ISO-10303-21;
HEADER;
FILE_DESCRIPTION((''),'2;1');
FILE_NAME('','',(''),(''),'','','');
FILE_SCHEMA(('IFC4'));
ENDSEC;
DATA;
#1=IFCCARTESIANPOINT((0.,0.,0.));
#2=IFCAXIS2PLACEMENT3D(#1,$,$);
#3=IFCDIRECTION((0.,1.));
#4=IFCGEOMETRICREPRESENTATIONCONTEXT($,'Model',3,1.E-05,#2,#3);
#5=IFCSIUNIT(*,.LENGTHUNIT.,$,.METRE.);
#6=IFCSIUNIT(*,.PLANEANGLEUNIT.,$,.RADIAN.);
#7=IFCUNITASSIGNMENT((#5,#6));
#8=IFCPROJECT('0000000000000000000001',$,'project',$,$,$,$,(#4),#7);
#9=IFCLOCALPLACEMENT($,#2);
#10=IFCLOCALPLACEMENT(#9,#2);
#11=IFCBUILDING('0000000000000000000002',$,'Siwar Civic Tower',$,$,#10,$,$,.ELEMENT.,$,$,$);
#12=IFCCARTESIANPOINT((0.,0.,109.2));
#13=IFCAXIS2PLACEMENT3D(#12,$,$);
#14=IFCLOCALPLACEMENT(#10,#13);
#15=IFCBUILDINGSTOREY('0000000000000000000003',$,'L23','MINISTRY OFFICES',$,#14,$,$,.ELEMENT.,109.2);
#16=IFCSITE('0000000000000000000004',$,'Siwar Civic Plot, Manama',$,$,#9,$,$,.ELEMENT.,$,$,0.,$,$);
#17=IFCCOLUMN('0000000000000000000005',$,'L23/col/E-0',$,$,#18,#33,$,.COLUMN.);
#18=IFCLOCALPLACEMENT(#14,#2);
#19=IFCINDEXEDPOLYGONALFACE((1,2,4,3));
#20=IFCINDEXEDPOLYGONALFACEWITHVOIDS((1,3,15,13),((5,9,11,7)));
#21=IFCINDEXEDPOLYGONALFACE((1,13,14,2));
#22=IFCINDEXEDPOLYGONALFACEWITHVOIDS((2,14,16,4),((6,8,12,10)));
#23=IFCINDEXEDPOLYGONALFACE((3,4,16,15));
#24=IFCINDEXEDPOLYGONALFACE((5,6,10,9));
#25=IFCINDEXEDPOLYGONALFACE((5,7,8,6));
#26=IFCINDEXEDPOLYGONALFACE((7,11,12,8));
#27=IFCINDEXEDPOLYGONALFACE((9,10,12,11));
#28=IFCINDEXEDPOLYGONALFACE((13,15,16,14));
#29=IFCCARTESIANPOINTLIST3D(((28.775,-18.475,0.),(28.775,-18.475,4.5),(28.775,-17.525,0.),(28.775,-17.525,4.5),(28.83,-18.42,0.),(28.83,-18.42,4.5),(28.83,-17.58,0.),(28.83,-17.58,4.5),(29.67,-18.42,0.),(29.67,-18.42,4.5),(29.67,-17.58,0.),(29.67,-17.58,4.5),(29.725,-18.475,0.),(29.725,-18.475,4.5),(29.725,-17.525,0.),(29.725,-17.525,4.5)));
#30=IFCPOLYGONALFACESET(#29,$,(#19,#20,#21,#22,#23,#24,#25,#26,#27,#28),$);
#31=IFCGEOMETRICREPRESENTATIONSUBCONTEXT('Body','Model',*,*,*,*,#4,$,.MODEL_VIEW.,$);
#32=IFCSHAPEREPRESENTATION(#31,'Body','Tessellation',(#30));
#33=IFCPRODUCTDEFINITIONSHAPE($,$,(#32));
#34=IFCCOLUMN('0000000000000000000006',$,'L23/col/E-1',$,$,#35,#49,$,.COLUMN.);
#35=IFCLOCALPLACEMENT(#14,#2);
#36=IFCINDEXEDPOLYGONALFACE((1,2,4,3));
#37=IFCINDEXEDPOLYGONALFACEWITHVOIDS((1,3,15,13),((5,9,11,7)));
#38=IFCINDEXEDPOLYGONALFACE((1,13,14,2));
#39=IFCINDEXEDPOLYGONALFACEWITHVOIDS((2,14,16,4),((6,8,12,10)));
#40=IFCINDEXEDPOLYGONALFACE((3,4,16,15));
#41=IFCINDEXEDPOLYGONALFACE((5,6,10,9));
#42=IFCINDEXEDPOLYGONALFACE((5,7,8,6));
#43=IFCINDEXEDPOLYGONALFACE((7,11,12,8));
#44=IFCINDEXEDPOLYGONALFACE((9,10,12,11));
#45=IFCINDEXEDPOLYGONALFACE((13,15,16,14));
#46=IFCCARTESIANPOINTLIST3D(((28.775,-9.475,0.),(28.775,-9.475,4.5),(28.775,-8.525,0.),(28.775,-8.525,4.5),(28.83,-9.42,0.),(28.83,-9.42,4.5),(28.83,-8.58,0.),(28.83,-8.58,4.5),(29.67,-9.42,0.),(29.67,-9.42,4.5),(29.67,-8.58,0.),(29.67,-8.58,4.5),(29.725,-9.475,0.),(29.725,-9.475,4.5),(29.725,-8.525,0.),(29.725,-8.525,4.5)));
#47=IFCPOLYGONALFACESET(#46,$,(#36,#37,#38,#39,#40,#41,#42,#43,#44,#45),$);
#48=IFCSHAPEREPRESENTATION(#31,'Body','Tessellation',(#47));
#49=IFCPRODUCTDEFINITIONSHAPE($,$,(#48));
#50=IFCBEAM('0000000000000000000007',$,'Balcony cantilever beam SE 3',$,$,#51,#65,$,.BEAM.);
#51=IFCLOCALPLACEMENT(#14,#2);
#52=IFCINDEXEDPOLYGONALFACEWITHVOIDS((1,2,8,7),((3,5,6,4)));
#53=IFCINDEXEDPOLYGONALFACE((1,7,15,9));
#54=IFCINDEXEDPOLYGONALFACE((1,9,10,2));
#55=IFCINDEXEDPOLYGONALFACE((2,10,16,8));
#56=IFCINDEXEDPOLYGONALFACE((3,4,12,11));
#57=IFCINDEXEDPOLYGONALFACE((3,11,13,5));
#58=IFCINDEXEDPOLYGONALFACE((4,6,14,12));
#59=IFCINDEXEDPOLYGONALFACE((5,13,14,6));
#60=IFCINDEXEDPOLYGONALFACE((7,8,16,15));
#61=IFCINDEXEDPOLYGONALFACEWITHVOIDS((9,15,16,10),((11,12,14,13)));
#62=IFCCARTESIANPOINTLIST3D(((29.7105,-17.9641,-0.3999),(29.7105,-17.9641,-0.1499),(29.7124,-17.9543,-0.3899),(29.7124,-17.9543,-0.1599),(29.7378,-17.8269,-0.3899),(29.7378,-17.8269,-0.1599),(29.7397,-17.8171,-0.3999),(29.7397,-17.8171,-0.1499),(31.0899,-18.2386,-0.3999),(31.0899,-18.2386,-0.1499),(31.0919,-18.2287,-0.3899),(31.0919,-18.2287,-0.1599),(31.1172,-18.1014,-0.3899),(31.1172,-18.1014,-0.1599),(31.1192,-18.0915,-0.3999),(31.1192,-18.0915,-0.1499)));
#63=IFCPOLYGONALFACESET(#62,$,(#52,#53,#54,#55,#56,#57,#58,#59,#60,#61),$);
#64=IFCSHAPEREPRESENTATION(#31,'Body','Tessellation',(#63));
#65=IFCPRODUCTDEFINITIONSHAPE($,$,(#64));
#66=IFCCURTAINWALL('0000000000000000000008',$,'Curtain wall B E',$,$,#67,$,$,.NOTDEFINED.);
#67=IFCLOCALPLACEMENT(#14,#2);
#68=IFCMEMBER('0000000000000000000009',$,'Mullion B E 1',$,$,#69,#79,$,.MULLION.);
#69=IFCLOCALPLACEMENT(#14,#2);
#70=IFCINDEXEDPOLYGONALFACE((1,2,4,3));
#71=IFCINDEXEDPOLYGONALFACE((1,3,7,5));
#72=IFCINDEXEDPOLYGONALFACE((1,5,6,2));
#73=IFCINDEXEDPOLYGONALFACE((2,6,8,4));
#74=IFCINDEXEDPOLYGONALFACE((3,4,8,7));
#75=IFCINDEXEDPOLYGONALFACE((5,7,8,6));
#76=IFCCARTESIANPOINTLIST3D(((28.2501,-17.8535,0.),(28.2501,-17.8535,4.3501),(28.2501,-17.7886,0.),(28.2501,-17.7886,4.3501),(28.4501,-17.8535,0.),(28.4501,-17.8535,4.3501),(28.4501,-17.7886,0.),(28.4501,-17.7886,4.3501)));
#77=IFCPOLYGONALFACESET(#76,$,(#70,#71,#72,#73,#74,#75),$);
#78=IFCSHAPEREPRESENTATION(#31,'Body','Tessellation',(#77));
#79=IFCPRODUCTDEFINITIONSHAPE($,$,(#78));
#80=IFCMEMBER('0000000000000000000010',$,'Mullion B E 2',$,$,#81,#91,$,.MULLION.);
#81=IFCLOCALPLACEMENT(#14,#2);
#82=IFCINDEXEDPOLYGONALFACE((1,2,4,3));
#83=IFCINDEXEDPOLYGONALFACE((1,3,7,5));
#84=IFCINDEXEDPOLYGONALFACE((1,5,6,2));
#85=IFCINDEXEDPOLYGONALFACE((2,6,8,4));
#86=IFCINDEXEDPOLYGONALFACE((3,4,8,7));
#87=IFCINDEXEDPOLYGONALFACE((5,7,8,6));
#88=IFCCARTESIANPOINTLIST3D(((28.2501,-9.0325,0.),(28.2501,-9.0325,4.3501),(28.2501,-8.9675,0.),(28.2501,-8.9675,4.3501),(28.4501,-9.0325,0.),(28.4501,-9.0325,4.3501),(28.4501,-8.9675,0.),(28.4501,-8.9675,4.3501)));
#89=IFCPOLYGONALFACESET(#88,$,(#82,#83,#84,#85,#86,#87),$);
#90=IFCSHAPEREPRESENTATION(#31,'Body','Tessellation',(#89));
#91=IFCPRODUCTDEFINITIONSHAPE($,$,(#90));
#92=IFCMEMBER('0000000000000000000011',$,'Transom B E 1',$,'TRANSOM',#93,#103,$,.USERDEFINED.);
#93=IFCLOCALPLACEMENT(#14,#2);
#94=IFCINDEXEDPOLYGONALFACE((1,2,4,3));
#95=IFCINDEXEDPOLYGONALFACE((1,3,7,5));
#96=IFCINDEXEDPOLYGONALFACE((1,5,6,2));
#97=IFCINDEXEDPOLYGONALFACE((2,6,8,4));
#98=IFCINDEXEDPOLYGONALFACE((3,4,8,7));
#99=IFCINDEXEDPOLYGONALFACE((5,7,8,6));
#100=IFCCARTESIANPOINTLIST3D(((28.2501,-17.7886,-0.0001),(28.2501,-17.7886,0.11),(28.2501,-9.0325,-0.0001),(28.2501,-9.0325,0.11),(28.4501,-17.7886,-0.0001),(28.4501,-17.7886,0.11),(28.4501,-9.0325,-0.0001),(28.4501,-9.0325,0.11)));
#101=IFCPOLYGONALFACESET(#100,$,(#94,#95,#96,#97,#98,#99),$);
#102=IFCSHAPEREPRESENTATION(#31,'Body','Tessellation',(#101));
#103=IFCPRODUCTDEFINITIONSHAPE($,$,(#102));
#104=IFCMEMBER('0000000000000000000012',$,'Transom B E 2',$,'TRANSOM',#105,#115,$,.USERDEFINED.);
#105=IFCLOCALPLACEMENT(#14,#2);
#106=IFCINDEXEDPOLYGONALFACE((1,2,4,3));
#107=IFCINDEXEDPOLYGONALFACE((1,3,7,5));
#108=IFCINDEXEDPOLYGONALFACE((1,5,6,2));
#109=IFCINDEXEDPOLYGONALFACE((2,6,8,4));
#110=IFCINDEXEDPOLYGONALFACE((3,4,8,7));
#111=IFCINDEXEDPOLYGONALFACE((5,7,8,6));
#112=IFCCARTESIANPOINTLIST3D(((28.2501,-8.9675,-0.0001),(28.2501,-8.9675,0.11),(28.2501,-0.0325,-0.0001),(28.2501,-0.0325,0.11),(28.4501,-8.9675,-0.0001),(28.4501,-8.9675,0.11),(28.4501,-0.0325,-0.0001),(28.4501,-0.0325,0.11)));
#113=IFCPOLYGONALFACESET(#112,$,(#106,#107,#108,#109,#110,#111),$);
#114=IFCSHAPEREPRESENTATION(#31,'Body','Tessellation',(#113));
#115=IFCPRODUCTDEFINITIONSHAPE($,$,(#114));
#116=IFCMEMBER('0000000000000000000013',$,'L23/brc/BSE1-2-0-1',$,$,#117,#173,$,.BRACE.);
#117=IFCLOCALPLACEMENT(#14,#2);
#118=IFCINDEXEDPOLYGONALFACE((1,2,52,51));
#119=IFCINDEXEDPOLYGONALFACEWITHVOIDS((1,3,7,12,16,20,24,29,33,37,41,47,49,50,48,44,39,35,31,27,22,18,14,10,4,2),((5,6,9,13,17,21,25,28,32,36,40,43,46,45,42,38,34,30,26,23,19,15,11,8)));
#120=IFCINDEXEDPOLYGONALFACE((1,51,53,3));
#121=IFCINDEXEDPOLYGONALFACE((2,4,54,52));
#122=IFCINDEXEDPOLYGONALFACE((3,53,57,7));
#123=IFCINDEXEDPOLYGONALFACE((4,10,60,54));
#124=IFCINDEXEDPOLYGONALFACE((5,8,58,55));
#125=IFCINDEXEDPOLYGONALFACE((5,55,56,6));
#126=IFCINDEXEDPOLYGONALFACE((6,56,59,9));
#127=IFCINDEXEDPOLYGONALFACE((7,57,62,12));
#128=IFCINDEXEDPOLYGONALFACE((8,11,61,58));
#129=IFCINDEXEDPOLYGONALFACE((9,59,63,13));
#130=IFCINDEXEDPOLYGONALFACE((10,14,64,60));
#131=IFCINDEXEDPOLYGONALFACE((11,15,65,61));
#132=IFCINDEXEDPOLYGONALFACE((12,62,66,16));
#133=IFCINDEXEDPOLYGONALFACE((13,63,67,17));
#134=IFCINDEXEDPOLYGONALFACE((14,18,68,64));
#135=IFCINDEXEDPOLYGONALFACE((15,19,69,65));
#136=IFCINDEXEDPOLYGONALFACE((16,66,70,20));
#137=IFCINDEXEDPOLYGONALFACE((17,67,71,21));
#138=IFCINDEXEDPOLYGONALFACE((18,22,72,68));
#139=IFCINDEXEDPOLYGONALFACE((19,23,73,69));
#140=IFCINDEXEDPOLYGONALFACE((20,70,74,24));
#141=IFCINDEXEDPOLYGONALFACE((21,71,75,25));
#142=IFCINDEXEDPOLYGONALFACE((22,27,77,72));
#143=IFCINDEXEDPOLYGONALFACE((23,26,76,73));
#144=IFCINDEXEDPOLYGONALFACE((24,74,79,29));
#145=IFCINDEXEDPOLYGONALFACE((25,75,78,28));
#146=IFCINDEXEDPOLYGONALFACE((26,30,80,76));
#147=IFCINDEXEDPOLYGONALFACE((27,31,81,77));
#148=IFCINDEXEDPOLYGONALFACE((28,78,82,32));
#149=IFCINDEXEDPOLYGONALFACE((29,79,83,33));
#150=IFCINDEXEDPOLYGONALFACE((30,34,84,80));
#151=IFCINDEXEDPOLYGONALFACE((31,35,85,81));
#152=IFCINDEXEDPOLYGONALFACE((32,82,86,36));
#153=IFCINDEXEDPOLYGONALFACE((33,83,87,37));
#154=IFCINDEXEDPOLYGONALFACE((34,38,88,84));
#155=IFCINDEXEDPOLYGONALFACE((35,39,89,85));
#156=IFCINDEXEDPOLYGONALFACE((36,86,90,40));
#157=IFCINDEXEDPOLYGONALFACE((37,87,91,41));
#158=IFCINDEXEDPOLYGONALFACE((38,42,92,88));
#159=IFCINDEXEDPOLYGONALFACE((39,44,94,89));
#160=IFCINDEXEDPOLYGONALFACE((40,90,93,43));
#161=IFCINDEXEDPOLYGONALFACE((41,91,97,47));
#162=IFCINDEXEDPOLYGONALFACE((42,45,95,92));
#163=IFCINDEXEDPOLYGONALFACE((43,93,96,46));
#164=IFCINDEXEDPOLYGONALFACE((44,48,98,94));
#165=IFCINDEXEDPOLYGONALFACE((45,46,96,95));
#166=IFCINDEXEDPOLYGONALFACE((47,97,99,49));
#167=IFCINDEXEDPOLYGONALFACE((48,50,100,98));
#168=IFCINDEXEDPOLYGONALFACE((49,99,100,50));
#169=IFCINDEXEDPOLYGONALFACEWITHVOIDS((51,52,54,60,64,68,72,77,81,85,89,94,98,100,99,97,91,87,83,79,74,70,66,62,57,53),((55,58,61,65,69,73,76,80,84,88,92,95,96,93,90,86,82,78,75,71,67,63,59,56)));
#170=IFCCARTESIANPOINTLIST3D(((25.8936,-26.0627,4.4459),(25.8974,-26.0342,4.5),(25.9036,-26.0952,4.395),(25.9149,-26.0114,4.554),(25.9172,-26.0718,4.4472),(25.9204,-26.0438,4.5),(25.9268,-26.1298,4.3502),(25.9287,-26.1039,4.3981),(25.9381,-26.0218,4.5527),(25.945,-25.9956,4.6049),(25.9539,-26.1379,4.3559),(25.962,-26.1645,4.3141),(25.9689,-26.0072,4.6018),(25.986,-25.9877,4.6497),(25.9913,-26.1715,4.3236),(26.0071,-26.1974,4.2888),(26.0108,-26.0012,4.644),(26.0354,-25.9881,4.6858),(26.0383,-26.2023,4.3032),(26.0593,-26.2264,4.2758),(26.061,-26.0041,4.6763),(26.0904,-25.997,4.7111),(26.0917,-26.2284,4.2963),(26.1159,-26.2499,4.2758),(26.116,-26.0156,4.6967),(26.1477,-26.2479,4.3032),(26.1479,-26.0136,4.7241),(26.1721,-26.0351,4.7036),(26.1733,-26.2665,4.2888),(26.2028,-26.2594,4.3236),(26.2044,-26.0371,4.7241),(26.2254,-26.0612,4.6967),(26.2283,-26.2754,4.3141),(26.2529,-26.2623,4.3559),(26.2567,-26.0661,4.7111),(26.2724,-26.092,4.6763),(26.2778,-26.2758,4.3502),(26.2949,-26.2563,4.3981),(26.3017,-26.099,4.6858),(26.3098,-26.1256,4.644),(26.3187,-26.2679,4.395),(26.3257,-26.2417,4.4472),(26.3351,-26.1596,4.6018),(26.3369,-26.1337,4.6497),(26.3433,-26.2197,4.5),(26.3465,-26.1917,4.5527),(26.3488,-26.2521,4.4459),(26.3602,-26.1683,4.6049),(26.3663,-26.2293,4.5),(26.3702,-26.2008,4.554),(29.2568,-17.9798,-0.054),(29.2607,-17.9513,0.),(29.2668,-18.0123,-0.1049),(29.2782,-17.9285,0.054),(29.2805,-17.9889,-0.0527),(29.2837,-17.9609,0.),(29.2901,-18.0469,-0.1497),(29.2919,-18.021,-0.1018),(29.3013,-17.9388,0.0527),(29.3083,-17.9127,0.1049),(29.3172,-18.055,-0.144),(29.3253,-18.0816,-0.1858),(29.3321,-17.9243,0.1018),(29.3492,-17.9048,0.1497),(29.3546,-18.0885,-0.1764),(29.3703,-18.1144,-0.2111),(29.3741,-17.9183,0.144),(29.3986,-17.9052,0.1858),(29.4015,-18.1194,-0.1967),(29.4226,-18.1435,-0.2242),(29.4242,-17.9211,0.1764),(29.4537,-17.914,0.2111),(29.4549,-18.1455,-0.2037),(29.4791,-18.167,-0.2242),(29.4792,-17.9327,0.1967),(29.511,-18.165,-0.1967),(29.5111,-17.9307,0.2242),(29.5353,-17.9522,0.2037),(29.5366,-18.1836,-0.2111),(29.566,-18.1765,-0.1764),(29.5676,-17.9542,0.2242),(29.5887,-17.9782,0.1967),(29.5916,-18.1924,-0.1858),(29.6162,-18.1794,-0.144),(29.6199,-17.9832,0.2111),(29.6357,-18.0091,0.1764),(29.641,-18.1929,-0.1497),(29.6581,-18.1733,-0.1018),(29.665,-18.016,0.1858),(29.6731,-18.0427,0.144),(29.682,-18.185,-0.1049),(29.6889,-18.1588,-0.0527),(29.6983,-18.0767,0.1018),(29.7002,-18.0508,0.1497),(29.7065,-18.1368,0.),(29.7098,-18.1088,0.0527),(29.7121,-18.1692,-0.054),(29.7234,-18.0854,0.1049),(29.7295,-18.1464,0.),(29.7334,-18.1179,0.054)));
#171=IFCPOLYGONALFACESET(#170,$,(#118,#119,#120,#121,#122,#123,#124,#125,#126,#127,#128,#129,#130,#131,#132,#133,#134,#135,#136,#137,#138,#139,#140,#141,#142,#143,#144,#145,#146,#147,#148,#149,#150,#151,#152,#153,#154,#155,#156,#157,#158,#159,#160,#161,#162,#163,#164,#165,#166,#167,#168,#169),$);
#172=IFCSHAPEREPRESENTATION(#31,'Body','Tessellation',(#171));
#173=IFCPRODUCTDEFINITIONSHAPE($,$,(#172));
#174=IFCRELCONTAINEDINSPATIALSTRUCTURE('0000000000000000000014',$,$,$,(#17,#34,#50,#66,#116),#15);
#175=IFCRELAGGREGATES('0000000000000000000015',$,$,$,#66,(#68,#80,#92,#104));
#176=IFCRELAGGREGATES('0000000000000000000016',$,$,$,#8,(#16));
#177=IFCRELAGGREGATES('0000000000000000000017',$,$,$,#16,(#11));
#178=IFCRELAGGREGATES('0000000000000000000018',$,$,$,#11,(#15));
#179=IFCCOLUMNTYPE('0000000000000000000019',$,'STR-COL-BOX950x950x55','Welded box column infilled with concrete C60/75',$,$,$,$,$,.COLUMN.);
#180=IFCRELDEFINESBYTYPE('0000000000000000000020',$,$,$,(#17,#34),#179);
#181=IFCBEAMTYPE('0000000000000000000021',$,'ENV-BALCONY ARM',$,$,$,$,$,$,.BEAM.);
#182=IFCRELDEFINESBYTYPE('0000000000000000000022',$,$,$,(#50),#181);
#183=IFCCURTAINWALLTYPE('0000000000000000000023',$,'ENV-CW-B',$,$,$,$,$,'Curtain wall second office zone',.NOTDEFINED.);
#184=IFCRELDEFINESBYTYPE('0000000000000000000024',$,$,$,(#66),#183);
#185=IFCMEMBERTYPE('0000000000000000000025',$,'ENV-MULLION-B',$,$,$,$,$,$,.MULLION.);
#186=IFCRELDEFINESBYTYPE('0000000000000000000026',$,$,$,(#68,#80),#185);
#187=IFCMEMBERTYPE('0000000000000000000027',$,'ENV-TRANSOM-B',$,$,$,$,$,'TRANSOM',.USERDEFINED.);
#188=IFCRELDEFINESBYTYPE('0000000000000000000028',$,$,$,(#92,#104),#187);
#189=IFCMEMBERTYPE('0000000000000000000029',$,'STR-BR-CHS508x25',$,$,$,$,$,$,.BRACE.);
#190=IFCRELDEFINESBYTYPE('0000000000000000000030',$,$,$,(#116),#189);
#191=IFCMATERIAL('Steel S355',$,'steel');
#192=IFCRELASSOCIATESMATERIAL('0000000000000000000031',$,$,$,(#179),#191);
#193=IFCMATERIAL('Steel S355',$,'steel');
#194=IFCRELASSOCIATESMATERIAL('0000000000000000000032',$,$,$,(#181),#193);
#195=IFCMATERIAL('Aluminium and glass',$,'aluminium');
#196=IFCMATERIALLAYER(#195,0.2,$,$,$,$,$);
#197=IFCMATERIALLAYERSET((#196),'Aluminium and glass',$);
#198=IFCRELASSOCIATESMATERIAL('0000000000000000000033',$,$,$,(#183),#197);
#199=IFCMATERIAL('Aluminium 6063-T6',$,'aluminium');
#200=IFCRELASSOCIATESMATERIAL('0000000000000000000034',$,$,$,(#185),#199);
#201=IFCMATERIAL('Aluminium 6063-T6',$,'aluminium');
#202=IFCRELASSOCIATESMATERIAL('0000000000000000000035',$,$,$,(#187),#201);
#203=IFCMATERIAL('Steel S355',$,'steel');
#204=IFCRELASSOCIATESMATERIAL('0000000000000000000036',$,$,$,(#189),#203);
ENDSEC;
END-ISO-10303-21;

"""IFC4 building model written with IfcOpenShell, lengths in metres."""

from ifc_helpers import new_model, si_unit, direction, frame, origin, origin_2d, place, context, subcontext, project, spatial, rectangle, hollow_rectangle, hollow_circle, extrude, material, layer, layer_set, material_profile, profile_set, type_object, element, aggregate, save


model = new_model("IFC4")

# Units and contexts
model_context = context("Model", 3, precision=1e-05, world=origin(), true_north=direction((0.0, 1.0)))
body_context = subcontext(model_context, "Body", "Model", "MODEL_VIEW")
ifc_project = project(units=[si_unit("LENGTHUNIT", "METRE"), si_unit("PLANEANGLEUNIT", "RADIAN")], contexts=[model_context])

# Site, building, storey
site_placement = place(None, origin())
site = spatial("IfcSite", under=ifc_project, at=site_placement, Name="Siwar Civic Plot, Manama", CompositionType="ELEMENT", RefElevation=0.0)
building_placement = place(site_placement, origin())
building = spatial("IfcBuilding", under=site, at=building_placement, Name="Siwar Civic Tower", CompositionType="ELEMENT")
storey_placement = place(building_placement, frame((0.0, 0.0, 109.2)))
storey = spatial("IfcBuildingStorey", under=building, at=storey_placement, Name="L23", Description="MINISTRY OFFICES", CompositionType="ELEMENT", Elevation=109.2)

# Columns
ifc_material_1 = material(Name="Steel S355", Category="steel")
ifc_material_profile_1 = material_profile(ifc_material_1, hollow_rectangle(XDim=0.95, YDim=0.95, WallThickness=0.0549, at=origin_2d()), Name="BOX950x950x55")
ifc_profile_set_1 = profile_set([ifc_material_profile_1], Name="Steel S355")
column_type = type_object("IfcColumnType", Name="STR-COL-BOX950x950x55", Description="Welded box column infilled with concrete C60/75", PredefinedType="COLUMN", material=ifc_profile_set_1)
for number, where, z_axis, x_axis, name in (
    (1, (29.25, -18.0, 0.0), (0.0, 0.0, 1.0), (1.0, 0.0, 0.0), "L23/col/E-0"),
    (2, (29.25, -9.0, 0.0), (0.0, 0.0, 1.0), (1.0, 0.0, 0.0), "L23/col/E-1"),
):
    element("IfcColumn", number, at=place(storey_placement, frame(where, z_axis=z_axis, x_axis=x_axis)), inside=storey, type_object=column_type, Name=name, PredefinedType="COLUMN", context=body_context, shape_type="SweptSolid", body=[
        extrude(hollow_rectangle(XDim=0.95, YDim=0.95, WallThickness=0.0549, at=origin_2d()), origin(), (0.0, 0.0, 1.0), 4.5),
    ])

# Beam
ifc_material_2 = material(Name="Steel S355", Category="steel")
ifc_material_profile_2 = material_profile(ifc_material_2, hollow_rectangle(XDim=0.1499, YDim=0.25, WallThickness=0.01, at=origin_2d()), Name="RHS250x150x10")
ifc_profile_set_2 = profile_set([ifc_material_profile_2], Name="Steel S355")
beam_type_1 = type_object("IfcBeamType", Name="ENV-BALCONY ARM", PredefinedType="BEAM", material=ifc_profile_set_2)
beam_1_placement = place(storey_placement, frame((29.7251, -17.8906, -0.2749), z_axis=(0.98078, -0.195115, 0.0), x_axis=(0.195115, 0.98078, 0.0)))
element("IfcBeam", 3, at=beam_1_placement, inside=storey, type_object=beam_type_1, Name="Balcony cantilever beam SE 3", PredefinedType="BEAM", context=body_context, shape_type="SweptSolid", body=[
    extrude(hollow_rectangle(XDim=0.1499, YDim=0.25, WallThickness=0.01, at=origin_2d()), origin(), (0.0, 0.0, 1.0), 1.4065),
])

# Curtain wall, members
ifc_material_3 = material(Name="Aluminium and glass", Category="aluminium")
ifc_layer_1 = layer(ifc_material_3, 0.2)
ifc_layer_set_1 = layer_set([ifc_layer_1], Name="Aluminium and glass")
curtain_wall_type_1 = type_object("IfcCurtainWallType", Name="ENV-CW-B", ElementType="Curtain wall second office zone", PredefinedType="NOTDEFINED", material=ifc_layer_set_1)
curtain_wall_1_placement = place(storey_placement, origin())
curtain_wall_1 = element("IfcCurtainWall", 4, at=curtain_wall_1_placement, inside=storey, type_object=curtain_wall_type_1, Name="Curtain wall B E", PredefinedType="NOTDEFINED")
ifc_material_4 = material(Name="Aluminium 6063-T6", Category="aluminium")
ifc_material_profile_3 = material_profile(ifc_material_4, rectangle(XDim=0.2, YDim=0.0649, at=origin_2d()), Name="AL 200x65")
ifc_profile_set_3 = profile_set([ifc_material_profile_3], Name="Aluminium 6063-T6")
member_type_1 = type_object("IfcMemberType", Name="ENV-MULLION-B", PredefinedType="MULLION", material=ifc_profile_set_3)
member_1_placement = place(storey_placement, frame((28.3501, -17.821, 0.0), z_axis=(0.0, 0.0, 1.0), x_axis=(-1.0, 0.0, 0.0)))
member_1 = element("IfcMember", 5, at=member_1_placement, type_object=member_type_1, Name="Mullion B E 1", PredefinedType="MULLION", context=body_context, shape_type="SweptSolid", body=[
    extrude(rectangle(XDim=0.2, YDim=0.0649, at=origin_2d()), origin(), (0.0, 0.0, 1.0), 4.3501),
])
member_2_placement = place(storey_placement, frame((28.3501, -9.0, 0.0), z_axis=(0.0, 0.0, 1.0), x_axis=(-1.0, 0.0, 0.0)))
member_2 = element("IfcMember", 6, at=member_2_placement, type_object=member_type_1, Name="Mullion B E 2", PredefinedType="MULLION", context=body_context, shape_type="SweptSolid", body=[
    extrude(rectangle(XDim=0.2, YDim=0.0649, at=origin_2d()), origin(), (0.0, 0.0, 1.0), 4.3501),
])
ifc_material_5 = material(Name="Aluminium 6063-T6", Category="aluminium")
ifc_material_profile_4 = material_profile(ifc_material_5, rectangle(XDim=0.2, YDim=0.1101, at=origin_2d()), Name="AL 200x110")
ifc_profile_set_4 = profile_set([ifc_material_profile_4], Name="Aluminium 6063-T6")
member_type_2 = type_object("IfcMemberType", Name="ENV-TRANSOM-B", ElementType="TRANSOM", PredefinedType="USERDEFINED", material=ifc_profile_set_4)
member_3_placement = place(storey_placement, frame((28.3501, -17.7886, 0.0549), z_axis=(0.0, 1.0, 0.0), x_axis=(-1.0, 0.0, 0.0)))
member_3 = element("IfcMember", 7, at=member_3_placement, type_object=member_type_2, Name="Transom B E 1", ObjectType="TRANSOM", PredefinedType="USERDEFINED", context=body_context, shape_type="SweptSolid", body=[
    extrude(rectangle(XDim=0.2, YDim=0.1101, at=origin_2d()), origin(), (0.0, 0.0, 1.0), 8.7561),
])
member_4_placement = place(storey_placement, frame((28.3501, -8.9675, 0.0549), z_axis=(0.0, 1.0, 0.0), x_axis=(-1.0, 0.0, 0.0)))
member_4 = element("IfcMember", 8, at=member_4_placement, type_object=member_type_2, Name="Transom B E 2", ObjectType="TRANSOM", PredefinedType="USERDEFINED", context=body_context, shape_type="SweptSolid", body=[
    extrude(rectangle(XDim=0.2, YDim=0.1101, at=origin_2d()), origin(), (0.0, 0.0, 1.0), 8.9351),
])

# Member
ifc_material_6 = material(Name="Steel S355", Category="steel")
ifc_material_profile_5 = material_profile(ifc_material_6, hollow_circle(Radius=0.2539, WallThickness=0.0249, at=origin_2d()), Name="CHS508x25")
ifc_profile_set_5 = profile_set([ifc_material_profile_5], Name="Steel S355")
member_type_3 = type_object("IfcMemberType", Name="STR-BR-CHS508x25", PredefinedType="BRACE", material=ifc_profile_set_5)
member_5_placement = place(storey_placement, frame((29.4951, -18.0488, 0.0), z_axis=(-0.341671, -0.821143, 0.457149), x_axis=(0.923265, -0.384164, 0.0)))
element("IfcMember", 9, at=member_5_placement, inside=storey, type_object=member_type_3, Name="L23/brc/BSE1-2-0-1", PredefinedType="BRACE", context=body_context, shape_type="SweptSolid", body=[
    extrude(hollow_circle(Radius=0.2539, WallThickness=0.0249, at=origin_2d()), origin(), (0.0, 0.0, 1.0), 9.8435),
])

aggregate(curtain_wall_1, [member_1, member_2, member_3, member_4])

save(model, "model.ifc")
